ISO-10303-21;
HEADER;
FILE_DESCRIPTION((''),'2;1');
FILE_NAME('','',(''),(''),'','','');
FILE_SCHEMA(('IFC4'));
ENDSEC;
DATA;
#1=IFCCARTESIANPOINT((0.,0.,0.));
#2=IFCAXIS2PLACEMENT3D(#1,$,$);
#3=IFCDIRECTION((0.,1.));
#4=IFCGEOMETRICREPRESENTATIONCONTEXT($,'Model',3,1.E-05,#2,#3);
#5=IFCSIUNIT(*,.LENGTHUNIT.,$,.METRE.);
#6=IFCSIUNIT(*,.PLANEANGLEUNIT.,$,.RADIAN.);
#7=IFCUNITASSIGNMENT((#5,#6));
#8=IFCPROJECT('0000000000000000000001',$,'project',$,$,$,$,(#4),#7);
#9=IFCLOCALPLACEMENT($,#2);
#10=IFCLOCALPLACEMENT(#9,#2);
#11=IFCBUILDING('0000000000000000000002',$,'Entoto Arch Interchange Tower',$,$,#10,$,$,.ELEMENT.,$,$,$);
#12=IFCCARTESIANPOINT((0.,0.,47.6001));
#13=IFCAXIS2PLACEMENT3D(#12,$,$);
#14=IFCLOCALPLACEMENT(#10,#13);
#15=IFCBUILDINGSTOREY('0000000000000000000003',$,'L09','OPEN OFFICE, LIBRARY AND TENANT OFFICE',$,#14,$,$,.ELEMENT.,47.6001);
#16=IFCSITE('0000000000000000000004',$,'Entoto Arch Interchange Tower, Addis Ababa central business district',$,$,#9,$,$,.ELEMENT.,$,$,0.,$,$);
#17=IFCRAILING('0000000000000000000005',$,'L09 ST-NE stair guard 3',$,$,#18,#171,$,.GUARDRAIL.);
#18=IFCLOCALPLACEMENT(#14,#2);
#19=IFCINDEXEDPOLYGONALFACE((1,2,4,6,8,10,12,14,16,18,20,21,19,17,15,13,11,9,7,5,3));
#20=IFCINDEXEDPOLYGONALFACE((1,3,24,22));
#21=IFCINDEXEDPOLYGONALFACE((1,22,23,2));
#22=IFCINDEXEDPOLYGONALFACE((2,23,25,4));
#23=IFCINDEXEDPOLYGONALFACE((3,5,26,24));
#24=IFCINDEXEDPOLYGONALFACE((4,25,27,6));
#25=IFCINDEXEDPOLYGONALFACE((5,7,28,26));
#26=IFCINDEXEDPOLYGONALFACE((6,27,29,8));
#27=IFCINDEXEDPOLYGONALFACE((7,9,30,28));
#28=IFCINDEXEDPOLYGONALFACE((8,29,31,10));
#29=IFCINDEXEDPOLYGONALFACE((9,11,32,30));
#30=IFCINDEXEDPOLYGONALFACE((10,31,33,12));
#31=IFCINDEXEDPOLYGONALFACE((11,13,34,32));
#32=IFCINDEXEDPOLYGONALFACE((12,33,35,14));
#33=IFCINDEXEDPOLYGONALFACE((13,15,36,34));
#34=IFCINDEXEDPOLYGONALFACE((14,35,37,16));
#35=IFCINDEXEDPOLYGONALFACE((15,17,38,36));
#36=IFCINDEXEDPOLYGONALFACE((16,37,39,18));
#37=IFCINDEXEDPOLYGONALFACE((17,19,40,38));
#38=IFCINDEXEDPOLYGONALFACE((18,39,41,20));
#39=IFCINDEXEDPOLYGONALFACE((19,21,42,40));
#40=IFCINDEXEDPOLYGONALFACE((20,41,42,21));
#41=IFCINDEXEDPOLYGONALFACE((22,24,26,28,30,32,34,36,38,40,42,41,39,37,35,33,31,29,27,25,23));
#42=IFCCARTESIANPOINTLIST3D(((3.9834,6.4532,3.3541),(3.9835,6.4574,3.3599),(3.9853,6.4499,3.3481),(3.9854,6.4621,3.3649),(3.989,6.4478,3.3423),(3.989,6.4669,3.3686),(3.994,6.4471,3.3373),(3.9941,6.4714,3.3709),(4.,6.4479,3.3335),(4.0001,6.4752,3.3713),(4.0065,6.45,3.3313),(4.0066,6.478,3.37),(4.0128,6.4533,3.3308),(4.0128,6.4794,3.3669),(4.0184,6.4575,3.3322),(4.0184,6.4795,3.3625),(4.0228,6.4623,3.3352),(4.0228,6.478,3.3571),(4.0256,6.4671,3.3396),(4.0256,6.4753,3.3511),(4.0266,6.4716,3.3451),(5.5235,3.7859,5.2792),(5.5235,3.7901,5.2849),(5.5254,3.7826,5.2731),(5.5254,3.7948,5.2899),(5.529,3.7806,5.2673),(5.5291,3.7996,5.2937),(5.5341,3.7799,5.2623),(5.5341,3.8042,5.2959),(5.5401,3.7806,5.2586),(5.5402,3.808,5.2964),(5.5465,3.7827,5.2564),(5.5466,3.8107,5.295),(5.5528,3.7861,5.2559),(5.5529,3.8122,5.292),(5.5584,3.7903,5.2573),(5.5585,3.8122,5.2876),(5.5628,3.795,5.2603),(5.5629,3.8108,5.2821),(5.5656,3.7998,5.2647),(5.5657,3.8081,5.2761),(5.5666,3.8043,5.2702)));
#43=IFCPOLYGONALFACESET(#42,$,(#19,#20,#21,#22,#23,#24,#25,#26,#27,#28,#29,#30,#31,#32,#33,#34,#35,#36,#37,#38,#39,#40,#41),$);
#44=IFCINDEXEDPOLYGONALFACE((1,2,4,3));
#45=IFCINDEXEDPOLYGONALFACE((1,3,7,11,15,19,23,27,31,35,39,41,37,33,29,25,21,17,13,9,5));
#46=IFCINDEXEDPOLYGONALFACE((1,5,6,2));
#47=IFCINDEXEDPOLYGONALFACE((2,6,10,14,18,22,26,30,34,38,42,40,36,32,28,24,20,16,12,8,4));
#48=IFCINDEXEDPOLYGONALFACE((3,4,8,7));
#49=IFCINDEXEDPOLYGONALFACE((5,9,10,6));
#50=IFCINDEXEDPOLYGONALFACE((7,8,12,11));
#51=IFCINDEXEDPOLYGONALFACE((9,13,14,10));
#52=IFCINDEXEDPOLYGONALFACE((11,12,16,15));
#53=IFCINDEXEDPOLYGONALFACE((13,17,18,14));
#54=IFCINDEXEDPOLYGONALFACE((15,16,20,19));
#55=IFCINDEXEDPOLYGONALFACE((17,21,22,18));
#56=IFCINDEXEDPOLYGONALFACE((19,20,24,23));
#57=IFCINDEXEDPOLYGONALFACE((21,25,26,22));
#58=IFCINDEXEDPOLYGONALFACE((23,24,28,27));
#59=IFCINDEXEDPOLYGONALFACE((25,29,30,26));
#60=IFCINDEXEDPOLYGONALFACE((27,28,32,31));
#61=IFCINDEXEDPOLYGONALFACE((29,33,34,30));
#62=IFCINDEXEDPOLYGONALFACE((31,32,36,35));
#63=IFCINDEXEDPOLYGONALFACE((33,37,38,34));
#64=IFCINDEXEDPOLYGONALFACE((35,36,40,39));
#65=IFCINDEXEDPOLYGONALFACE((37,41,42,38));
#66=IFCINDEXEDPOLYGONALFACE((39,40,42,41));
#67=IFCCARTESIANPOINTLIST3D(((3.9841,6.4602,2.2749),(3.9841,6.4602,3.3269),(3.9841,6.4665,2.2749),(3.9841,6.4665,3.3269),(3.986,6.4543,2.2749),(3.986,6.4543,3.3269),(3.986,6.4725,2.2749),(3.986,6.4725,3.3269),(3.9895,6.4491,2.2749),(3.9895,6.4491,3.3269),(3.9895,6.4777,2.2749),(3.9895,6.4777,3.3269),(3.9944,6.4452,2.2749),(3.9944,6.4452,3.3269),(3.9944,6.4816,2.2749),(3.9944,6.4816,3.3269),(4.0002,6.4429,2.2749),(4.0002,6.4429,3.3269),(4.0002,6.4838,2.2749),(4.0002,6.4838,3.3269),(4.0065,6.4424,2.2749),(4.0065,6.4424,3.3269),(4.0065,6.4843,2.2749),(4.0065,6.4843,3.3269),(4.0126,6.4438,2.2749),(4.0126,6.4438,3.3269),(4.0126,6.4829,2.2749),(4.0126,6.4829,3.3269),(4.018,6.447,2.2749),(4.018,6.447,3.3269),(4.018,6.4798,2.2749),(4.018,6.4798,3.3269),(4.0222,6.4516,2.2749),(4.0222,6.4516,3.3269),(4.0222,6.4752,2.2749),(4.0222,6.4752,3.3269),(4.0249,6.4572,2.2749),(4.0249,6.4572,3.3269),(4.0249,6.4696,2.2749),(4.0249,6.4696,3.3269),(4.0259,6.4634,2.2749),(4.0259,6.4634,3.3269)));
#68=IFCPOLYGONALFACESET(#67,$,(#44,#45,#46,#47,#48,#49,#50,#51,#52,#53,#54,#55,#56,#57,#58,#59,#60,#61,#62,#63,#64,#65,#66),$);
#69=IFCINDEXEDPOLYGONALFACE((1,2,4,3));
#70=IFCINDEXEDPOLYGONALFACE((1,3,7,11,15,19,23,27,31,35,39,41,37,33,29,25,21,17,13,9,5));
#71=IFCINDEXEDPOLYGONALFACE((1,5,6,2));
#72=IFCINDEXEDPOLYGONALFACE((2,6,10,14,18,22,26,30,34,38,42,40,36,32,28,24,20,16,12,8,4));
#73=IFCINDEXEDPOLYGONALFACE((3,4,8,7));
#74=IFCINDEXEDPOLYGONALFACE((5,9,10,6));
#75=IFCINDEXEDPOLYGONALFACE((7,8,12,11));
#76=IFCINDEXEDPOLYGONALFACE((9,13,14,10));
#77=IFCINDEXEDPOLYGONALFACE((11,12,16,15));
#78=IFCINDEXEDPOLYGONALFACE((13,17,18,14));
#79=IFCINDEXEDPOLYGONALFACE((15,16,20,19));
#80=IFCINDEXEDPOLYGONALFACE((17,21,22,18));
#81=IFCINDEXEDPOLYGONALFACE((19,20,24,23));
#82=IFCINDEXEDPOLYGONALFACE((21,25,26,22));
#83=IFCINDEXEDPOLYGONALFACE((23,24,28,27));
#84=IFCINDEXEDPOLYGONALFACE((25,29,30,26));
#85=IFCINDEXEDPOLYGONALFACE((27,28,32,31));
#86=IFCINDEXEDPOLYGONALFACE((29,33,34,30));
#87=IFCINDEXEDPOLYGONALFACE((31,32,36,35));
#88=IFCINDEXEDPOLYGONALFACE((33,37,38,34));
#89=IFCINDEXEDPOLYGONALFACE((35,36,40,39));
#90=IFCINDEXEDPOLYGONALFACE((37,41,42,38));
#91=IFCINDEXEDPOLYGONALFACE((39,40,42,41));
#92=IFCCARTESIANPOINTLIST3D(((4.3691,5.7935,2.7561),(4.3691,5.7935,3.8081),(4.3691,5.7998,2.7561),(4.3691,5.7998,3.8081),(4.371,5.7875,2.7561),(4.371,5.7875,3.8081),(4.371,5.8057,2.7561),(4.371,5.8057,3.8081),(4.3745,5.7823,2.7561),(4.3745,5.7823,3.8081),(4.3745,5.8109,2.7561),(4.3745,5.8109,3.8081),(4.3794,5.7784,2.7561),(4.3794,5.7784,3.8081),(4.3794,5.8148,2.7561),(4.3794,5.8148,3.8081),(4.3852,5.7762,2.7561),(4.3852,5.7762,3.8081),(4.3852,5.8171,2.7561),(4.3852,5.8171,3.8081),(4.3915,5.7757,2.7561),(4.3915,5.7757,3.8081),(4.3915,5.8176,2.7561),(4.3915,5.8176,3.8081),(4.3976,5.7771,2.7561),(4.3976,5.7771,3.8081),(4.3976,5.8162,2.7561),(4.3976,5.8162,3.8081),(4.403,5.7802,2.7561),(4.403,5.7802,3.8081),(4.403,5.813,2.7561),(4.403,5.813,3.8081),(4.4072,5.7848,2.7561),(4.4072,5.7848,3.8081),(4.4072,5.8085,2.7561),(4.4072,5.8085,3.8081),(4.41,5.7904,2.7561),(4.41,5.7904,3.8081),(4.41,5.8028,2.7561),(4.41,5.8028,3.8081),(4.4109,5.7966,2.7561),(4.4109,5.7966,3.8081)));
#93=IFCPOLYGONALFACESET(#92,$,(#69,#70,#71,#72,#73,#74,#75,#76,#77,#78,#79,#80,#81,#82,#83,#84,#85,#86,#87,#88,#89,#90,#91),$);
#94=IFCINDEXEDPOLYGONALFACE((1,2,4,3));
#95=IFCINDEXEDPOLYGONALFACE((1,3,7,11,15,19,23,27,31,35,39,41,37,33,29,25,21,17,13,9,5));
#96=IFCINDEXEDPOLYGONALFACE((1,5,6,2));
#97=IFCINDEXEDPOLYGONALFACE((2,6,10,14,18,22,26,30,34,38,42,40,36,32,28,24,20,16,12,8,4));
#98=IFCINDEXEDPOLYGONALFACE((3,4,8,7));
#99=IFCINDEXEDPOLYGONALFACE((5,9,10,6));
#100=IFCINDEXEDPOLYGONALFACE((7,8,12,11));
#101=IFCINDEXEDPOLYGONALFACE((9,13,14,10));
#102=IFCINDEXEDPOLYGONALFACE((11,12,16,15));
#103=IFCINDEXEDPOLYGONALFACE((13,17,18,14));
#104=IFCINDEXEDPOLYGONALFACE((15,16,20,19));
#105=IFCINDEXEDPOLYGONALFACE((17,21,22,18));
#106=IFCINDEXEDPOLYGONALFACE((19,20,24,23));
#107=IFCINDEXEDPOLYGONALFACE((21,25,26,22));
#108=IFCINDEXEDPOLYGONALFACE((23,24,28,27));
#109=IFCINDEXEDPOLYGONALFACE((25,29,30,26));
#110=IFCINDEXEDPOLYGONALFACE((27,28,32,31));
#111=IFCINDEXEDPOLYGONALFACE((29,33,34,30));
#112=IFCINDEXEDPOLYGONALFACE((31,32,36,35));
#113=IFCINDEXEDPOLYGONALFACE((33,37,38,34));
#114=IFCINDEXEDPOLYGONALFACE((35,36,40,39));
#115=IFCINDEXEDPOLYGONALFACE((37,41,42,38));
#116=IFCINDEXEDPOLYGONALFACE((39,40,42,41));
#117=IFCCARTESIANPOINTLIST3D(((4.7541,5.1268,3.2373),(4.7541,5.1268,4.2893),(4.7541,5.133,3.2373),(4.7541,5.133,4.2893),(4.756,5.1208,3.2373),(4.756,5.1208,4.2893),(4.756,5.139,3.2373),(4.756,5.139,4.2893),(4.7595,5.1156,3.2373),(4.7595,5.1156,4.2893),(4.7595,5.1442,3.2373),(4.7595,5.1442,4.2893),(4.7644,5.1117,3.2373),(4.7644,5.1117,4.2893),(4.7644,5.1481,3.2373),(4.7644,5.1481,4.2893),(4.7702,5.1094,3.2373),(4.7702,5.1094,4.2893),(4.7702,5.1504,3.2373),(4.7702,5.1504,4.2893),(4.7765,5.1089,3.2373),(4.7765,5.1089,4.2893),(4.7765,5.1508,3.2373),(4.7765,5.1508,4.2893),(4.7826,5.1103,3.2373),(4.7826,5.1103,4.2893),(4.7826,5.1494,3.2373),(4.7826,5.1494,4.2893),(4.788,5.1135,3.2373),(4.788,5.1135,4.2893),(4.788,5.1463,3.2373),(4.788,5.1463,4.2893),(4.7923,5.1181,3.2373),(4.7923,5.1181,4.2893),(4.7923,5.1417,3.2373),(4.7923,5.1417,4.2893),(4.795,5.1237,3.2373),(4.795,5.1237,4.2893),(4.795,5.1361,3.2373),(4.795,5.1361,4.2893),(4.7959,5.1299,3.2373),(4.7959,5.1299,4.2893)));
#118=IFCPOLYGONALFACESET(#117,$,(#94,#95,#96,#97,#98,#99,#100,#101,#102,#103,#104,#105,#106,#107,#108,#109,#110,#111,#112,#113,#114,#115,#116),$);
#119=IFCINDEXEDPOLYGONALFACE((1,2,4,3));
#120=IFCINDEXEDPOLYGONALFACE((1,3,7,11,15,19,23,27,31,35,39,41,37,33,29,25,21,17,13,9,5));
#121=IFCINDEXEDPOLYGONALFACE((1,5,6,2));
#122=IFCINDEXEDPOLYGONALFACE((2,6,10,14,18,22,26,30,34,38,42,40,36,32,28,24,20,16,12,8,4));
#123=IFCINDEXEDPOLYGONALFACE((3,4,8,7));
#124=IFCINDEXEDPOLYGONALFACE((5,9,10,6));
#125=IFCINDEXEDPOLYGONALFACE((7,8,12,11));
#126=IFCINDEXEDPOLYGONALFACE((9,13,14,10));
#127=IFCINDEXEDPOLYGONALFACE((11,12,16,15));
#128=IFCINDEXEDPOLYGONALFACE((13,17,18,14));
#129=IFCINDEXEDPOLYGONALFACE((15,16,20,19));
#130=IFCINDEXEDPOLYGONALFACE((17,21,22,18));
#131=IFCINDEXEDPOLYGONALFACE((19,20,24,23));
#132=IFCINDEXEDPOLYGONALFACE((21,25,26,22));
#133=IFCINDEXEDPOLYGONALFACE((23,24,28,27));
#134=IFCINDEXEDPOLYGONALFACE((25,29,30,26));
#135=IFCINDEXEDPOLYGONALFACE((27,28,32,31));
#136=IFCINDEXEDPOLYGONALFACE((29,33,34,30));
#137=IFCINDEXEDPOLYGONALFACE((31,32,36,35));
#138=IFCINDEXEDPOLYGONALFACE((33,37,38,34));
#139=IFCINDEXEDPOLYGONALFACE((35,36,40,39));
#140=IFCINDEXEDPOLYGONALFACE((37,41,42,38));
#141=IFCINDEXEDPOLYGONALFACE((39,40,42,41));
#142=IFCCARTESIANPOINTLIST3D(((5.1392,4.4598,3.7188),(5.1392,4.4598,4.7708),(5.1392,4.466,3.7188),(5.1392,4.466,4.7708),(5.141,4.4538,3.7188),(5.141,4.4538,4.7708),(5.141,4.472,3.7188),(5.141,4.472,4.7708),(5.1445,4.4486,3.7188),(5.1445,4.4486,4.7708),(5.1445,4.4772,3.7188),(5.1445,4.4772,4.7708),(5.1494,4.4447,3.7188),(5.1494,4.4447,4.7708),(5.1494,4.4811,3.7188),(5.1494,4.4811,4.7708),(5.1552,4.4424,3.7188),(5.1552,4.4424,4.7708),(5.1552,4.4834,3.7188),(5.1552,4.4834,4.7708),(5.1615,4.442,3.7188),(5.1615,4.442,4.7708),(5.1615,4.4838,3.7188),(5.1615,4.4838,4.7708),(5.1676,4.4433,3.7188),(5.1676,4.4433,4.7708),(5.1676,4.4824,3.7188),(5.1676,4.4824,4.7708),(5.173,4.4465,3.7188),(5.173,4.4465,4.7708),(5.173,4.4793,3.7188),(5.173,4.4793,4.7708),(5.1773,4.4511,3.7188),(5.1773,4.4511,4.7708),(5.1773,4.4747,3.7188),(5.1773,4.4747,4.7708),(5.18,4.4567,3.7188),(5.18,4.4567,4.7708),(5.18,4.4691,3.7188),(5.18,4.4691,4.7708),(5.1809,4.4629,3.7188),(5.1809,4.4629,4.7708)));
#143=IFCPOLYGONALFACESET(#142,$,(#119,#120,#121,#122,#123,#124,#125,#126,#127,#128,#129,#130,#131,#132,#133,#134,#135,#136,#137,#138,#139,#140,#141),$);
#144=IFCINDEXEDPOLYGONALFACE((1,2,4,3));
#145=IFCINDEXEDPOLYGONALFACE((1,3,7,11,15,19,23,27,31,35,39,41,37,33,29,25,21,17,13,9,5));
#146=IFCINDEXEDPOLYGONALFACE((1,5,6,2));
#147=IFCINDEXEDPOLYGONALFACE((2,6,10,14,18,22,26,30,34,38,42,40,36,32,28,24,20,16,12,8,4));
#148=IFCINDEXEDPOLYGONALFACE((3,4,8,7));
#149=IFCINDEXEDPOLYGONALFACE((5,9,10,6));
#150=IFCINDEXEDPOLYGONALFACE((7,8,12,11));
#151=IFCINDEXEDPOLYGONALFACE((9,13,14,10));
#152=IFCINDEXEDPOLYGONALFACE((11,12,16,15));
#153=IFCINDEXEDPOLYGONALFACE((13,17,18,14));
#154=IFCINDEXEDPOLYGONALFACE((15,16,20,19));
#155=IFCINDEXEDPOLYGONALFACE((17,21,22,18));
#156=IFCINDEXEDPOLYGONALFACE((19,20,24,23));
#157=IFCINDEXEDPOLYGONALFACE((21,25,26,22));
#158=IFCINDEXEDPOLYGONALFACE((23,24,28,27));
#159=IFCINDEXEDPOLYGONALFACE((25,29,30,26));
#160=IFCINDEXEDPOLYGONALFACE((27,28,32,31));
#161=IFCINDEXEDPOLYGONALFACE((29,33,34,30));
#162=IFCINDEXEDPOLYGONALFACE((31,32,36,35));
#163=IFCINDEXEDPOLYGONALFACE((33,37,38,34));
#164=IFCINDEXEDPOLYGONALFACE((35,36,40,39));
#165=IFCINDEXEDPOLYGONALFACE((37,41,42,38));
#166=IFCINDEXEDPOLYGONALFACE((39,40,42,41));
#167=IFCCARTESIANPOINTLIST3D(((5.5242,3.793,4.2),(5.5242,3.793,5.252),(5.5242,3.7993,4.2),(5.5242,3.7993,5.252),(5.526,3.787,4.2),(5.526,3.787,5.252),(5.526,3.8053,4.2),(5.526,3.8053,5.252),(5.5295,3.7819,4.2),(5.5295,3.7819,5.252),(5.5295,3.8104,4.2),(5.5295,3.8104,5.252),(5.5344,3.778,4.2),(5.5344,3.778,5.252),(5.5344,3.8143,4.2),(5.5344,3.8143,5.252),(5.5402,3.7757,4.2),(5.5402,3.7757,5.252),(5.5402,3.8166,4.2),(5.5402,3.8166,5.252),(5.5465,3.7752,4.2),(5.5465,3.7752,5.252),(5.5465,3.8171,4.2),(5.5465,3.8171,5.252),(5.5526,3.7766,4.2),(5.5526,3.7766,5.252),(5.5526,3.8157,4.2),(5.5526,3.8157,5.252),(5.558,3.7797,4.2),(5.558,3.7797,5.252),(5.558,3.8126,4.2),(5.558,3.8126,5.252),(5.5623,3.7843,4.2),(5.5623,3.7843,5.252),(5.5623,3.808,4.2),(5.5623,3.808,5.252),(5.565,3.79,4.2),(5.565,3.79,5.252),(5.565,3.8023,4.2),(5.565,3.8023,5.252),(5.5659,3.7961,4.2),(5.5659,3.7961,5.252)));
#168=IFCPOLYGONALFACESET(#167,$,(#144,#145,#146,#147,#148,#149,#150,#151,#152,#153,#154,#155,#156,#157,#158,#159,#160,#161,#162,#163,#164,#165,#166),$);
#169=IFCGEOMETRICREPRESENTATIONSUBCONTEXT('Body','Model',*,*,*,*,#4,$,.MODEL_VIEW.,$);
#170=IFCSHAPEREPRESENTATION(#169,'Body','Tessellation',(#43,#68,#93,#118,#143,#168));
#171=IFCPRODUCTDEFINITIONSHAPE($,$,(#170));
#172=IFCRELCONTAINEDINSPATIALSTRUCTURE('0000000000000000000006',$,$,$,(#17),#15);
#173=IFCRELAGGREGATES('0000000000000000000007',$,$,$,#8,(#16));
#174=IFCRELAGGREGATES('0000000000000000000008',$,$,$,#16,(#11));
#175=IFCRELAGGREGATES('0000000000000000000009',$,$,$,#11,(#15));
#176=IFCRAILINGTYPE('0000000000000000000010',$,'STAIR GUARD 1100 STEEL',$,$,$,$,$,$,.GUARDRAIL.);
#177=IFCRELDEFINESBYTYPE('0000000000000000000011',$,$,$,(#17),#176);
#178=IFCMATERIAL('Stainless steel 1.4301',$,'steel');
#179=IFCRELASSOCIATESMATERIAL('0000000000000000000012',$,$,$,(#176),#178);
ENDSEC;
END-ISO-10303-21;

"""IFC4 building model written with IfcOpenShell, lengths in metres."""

from ifc_helpers import new_model, si_unit, direction, frame, origin, origin_2d, place, context, subcontext, project, spatial, circle, extrude, material, type_object, element, save


model = new_model("IFC4")

# Units and contexts
model_context = context("Model", 3, precision=1e-05, world=origin(), true_north=direction((0.0, 1.0)))
body_context = subcontext(model_context, "Body", "Model", "MODEL_VIEW")
ifc_project = project(units=[si_unit("LENGTHUNIT", "METRE"), si_unit("PLANEANGLEUNIT", "RADIAN")], contexts=[model_context])

# Site, building, storey
site_placement = place(None, origin())
site = spatial("IfcSite", under=ifc_project, at=site_placement, Name="Entoto Arch Interchange Tower, Addis Ababa central business district", CompositionType="ELEMENT", RefElevation=0.0)
building_placement = place(site_placement, origin())
building = spatial("IfcBuilding", under=site, at=building_placement, Name="Entoto Arch Interchange Tower", CompositionType="ELEMENT")
storey_placement = place(building_placement, frame((0.0, 0.0, 47.6001)))
storey = spatial("IfcBuildingStorey", under=building, at=storey_placement, Name="L09", Description="OPEN OFFICE, LIBRARY AND TENANT OFFICE", CompositionType="ELEMENT", Elevation=47.6001)

# Railing
ifc_material_1 = material(Name="Stainless steel 1.4301", Category="steel")
railing_type_1 = type_object("IfcRailingType", Name="STAIR GUARD 1100 STEEL", PredefinedType="GUARDRAIL", material=ifc_material_1)
railing_1_placement = place(storey_placement, frame((4.0049, 6.4634, 2.2749)))
element("IfcRailing", 1, at=railing_1_placement, inside=storey, type_object=railing_type_1, Name="L09 ST-NE stair guard 3", PredefinedType="GUARDRAIL", context=body_context, shape_type="SweptSolid", body=[
    extrude(circle(Radius=0.0239, at=origin_2d()), frame((0.0, 0.0, 1.0762), z_axis=(0.424015, -0.734364, 0.530019), x_axis=(0.86601, 0.500027, 0.0)), (0.0, 0.0, 1.0), 3.6321),
    extrude(circle(Radius=0.021, at=origin_2d()), origin(), (0.0, 0.0, 1.0), 1.052),
    extrude(circle(Radius=0.021, at=origin_2d()), frame((0.385, -0.6667, 0.4812)), (0.0, 0.0, 1.0), 1.052),
    extrude(circle(Radius=0.021, at=origin_2d()), frame((0.77, -1.3335, 0.9624)), (0.0, 0.0, 1.0), 1.052),
    extrude(circle(Radius=0.021, at=origin_2d()), frame((1.155, -2.0005, 1.4438)), (0.0, 0.0, 1.0), 1.052),
    extrude(circle(Radius=0.021, at=origin_2d()), frame((1.54, -2.6672, 1.925)), (0.0, 0.0, 1.0), 1.052),
])

save(model, "model.ifc")
